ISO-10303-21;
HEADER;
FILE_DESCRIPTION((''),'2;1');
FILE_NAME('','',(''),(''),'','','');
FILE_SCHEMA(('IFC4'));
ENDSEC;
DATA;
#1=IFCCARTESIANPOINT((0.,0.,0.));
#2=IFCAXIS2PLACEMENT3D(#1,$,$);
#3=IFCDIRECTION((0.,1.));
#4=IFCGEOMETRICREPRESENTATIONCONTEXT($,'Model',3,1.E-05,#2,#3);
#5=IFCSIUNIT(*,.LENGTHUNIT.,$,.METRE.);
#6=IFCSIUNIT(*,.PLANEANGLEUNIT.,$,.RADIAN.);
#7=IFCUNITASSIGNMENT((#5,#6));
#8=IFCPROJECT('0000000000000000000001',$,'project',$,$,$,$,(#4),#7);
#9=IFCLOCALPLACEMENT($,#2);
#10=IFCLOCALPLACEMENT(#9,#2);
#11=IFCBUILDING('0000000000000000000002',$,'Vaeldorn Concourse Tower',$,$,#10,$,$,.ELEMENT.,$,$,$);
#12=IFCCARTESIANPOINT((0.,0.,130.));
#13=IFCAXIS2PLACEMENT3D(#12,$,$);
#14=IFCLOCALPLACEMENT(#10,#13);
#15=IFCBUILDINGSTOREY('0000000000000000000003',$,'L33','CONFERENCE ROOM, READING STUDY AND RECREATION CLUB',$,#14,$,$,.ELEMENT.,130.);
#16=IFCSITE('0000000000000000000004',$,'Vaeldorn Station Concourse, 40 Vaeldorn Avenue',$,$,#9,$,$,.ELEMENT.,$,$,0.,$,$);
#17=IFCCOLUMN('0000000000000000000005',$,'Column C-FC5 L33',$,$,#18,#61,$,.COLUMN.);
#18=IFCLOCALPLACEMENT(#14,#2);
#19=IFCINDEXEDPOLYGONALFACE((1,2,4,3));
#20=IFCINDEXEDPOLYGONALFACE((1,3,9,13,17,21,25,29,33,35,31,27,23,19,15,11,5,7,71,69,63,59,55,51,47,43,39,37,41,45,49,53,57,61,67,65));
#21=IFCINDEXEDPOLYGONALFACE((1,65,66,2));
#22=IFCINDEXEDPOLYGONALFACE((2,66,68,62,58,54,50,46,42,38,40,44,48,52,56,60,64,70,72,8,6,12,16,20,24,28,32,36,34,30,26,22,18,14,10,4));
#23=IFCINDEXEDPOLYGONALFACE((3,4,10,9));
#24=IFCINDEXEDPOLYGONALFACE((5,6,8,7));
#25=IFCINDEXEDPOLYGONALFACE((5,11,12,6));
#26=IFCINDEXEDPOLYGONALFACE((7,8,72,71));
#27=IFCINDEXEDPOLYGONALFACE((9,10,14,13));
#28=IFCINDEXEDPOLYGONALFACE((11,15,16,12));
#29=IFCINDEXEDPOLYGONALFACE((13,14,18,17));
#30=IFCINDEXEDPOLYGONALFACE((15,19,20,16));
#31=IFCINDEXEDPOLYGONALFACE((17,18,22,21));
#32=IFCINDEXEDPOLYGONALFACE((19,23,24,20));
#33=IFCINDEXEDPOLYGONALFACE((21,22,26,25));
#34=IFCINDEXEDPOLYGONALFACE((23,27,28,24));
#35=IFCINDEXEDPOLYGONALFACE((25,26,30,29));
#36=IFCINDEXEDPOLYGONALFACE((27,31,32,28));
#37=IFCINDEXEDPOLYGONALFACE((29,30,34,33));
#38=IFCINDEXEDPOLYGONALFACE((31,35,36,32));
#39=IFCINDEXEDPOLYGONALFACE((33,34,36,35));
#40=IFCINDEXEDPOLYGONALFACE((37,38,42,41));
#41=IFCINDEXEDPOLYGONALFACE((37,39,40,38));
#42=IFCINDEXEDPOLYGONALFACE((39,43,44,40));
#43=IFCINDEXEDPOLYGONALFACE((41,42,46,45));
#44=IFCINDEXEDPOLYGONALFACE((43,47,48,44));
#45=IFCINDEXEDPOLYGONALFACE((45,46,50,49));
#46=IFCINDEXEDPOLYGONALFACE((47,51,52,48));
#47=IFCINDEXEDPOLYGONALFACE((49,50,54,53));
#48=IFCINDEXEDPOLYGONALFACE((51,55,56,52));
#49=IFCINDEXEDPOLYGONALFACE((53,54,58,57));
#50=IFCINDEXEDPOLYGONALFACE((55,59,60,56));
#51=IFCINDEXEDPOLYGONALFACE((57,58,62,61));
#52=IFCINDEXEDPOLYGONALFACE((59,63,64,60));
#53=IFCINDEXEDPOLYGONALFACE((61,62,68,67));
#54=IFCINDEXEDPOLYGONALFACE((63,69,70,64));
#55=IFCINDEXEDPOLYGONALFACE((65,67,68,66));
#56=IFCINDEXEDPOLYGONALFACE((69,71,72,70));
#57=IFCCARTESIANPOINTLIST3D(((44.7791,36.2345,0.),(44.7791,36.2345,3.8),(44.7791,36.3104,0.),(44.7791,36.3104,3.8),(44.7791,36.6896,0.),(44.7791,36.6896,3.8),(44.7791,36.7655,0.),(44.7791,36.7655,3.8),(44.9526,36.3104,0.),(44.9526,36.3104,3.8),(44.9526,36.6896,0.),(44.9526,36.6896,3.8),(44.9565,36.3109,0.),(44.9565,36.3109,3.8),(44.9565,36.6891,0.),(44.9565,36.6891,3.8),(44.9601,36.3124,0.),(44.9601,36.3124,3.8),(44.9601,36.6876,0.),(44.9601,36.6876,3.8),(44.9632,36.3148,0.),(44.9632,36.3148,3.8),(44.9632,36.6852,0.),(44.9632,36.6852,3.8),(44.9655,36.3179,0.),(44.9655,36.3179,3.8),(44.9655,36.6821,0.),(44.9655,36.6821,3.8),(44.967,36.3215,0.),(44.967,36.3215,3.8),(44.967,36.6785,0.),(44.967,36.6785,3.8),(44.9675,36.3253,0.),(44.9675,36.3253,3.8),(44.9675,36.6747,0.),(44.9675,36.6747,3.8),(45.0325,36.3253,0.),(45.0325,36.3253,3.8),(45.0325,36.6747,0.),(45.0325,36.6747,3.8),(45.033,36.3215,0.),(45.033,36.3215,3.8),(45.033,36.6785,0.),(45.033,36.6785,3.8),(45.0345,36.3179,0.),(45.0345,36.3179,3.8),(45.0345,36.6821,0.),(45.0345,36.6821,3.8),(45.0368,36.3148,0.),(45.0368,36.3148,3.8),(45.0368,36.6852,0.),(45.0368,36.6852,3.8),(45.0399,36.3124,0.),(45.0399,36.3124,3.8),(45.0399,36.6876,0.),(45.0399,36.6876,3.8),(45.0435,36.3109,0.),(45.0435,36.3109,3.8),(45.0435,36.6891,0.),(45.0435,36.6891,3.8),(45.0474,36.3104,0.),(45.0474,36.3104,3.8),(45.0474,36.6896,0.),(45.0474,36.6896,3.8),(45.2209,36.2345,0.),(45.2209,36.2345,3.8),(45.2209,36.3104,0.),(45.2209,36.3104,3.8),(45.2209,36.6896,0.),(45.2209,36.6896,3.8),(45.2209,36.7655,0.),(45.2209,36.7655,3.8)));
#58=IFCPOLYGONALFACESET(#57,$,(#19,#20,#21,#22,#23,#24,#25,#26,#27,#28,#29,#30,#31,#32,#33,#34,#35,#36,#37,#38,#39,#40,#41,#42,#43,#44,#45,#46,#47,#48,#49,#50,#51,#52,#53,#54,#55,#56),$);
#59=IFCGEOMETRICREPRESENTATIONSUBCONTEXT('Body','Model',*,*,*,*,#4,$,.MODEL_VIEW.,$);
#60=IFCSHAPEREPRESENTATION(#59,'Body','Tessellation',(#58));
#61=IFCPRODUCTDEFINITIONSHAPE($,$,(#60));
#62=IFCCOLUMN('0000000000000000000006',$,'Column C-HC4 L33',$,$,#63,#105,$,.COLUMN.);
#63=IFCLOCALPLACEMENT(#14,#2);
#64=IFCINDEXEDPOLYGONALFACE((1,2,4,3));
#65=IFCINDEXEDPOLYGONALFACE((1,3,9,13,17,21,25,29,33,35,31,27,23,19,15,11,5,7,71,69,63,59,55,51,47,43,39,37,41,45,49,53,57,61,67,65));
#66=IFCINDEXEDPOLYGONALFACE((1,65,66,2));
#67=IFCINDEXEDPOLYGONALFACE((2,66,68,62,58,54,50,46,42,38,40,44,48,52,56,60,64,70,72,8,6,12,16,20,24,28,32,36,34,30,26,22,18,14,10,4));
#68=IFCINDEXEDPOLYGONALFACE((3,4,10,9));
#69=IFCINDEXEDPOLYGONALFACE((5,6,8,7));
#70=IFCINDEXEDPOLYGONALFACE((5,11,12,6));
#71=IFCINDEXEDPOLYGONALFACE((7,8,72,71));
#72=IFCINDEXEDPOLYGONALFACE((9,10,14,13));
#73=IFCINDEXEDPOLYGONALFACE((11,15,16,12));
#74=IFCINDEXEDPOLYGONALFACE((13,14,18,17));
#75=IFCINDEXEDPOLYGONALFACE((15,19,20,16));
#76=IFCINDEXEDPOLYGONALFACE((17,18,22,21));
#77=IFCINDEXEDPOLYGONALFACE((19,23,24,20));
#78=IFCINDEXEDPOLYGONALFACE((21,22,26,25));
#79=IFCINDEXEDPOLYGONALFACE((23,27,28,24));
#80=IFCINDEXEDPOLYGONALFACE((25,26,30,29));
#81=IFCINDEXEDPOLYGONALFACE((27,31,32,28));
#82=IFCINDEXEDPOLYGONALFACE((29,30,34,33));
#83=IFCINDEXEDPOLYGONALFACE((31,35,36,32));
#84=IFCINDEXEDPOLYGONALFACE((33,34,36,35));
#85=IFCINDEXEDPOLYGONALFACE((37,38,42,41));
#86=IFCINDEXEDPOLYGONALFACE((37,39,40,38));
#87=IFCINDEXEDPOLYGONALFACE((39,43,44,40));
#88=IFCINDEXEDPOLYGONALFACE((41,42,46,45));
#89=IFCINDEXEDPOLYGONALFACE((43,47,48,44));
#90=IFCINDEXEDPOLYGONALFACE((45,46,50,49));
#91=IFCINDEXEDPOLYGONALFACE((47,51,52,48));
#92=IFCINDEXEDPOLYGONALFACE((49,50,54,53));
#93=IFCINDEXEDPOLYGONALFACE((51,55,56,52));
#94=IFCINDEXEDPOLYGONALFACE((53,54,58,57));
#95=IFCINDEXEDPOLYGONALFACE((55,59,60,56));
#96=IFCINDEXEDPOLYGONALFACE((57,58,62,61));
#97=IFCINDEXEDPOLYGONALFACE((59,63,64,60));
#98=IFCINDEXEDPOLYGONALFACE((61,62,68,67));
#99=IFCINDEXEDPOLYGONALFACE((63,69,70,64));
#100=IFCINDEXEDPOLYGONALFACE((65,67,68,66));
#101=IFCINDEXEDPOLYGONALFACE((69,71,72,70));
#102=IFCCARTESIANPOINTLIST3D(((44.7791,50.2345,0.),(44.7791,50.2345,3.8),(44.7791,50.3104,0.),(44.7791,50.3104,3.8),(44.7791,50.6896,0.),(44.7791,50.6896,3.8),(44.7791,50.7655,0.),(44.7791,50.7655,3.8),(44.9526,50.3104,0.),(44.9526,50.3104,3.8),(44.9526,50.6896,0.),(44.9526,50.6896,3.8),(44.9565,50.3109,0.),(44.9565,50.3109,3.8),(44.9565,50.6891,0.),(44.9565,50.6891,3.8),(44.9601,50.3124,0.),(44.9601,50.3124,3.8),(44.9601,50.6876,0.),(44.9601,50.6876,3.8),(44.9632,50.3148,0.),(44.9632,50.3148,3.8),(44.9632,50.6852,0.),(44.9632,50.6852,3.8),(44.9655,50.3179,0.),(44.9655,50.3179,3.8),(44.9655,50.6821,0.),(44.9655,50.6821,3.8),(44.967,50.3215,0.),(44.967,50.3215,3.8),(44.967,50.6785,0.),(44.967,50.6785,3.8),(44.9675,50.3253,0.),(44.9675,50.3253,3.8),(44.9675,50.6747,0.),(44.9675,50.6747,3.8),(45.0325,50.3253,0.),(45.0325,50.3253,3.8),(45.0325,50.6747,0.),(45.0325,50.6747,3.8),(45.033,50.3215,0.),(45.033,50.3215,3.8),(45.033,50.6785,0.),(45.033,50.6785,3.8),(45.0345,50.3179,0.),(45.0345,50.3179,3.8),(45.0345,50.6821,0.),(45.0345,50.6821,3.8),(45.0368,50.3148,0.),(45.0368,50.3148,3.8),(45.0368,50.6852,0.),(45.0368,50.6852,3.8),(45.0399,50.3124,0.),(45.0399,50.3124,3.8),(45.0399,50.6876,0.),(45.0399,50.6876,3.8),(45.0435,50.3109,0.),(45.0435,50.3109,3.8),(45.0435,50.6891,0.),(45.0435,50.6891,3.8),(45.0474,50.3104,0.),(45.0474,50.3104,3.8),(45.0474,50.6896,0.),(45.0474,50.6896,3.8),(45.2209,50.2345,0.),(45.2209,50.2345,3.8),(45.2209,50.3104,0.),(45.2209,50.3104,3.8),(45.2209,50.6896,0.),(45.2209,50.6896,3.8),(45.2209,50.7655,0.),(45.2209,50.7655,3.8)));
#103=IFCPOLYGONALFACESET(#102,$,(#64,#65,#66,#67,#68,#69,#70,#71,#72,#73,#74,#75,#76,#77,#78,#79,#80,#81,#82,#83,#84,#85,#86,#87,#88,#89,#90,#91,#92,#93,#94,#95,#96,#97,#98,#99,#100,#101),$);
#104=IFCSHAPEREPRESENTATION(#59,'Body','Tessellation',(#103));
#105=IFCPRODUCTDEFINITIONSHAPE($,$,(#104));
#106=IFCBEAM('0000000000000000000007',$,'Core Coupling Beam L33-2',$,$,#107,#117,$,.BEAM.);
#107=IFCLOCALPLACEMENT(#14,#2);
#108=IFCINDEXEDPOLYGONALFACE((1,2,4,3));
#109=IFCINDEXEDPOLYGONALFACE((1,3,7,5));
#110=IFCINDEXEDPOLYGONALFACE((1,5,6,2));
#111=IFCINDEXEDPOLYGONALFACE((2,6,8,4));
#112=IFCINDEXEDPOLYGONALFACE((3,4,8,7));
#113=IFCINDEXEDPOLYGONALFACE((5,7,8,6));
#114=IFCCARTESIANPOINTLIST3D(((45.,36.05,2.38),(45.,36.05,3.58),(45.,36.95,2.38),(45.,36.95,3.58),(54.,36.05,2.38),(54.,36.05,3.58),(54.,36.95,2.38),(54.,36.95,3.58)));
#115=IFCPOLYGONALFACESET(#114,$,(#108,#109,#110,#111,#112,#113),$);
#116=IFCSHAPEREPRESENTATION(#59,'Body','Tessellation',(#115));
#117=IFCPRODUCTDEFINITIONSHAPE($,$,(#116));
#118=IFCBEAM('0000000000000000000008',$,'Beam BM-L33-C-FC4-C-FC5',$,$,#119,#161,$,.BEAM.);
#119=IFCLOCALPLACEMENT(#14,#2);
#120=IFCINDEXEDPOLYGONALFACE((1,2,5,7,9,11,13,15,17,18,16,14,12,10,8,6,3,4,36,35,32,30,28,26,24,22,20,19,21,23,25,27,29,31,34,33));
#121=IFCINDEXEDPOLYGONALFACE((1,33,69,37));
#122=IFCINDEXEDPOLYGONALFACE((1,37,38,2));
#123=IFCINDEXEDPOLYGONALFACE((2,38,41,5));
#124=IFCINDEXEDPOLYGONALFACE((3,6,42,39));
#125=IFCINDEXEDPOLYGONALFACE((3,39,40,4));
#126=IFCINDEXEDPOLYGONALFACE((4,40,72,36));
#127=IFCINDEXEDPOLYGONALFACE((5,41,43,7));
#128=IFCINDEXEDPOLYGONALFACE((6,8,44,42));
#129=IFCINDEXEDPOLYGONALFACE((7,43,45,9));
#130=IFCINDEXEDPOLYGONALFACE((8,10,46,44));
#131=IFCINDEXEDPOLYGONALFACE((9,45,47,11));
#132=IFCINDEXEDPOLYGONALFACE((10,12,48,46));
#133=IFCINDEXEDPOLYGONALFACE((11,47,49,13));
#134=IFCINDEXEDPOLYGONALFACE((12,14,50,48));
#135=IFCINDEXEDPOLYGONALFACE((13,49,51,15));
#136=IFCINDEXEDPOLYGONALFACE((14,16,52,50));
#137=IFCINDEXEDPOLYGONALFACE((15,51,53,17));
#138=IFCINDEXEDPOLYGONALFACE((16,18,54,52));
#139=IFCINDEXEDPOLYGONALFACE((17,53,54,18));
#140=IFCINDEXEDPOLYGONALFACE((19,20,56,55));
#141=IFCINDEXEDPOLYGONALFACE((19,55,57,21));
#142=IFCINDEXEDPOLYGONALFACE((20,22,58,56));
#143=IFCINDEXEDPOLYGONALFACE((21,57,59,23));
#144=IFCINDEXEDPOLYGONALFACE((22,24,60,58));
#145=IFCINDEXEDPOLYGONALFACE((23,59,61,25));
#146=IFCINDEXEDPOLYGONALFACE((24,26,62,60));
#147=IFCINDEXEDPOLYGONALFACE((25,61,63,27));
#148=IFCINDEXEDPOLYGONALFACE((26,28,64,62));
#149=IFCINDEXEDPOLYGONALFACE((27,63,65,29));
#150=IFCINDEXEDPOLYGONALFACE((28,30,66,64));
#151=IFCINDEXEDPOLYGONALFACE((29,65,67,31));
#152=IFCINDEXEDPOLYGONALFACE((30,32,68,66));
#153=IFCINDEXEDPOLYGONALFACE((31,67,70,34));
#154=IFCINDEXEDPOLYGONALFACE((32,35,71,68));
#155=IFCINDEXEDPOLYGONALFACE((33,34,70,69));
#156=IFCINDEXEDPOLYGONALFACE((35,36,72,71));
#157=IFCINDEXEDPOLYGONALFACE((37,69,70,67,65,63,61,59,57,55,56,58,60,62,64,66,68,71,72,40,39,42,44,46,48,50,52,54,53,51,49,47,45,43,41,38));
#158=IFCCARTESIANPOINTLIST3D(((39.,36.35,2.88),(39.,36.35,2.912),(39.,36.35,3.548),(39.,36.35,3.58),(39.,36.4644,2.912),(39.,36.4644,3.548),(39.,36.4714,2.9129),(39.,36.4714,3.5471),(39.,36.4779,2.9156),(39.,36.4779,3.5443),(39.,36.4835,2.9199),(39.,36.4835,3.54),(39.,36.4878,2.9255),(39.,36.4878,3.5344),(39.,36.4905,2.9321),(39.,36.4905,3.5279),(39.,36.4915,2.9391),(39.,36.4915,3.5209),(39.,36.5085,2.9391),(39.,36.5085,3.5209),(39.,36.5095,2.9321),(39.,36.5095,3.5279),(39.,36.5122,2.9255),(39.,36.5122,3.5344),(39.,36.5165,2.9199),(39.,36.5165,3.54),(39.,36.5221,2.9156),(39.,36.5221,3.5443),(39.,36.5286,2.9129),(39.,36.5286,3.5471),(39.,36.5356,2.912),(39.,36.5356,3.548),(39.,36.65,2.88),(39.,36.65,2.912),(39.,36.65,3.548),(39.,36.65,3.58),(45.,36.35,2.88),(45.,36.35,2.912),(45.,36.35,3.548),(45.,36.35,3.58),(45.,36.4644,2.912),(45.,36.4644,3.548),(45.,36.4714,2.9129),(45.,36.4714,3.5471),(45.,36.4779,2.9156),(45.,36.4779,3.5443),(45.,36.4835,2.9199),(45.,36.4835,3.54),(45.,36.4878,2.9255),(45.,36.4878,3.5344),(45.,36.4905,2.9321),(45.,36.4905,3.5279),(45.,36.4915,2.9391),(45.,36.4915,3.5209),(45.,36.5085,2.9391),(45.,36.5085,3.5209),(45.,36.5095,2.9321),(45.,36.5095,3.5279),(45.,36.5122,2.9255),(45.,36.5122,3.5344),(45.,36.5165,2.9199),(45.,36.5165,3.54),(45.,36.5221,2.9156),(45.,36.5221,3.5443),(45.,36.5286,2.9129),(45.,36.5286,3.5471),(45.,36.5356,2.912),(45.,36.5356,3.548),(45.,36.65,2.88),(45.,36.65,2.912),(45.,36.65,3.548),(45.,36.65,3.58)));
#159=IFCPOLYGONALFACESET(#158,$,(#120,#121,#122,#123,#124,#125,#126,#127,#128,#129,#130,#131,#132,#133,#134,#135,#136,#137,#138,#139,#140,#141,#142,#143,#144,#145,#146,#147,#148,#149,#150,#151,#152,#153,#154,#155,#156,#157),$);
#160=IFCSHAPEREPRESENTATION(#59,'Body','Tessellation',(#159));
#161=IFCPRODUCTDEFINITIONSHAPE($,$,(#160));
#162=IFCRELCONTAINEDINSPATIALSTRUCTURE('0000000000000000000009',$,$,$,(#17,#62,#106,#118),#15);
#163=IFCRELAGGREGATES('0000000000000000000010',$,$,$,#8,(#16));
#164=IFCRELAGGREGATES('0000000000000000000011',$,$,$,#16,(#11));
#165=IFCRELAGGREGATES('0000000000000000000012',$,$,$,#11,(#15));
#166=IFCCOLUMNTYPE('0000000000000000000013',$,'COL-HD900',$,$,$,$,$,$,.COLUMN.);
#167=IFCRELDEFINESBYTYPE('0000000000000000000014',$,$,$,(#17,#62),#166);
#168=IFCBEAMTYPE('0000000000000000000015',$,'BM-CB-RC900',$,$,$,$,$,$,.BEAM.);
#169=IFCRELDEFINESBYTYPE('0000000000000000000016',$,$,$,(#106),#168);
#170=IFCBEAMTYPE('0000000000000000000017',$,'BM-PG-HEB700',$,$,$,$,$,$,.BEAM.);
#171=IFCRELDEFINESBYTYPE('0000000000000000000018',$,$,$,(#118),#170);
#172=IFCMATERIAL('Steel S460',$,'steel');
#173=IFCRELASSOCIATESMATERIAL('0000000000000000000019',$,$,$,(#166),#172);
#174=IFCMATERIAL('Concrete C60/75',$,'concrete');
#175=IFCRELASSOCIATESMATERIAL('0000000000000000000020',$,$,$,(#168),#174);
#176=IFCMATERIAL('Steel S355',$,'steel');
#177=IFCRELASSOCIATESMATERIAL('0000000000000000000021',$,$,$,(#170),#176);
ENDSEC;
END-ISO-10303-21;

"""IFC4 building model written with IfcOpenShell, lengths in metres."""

from ifc_helpers import new_model, si_unit, direction, frame, origin, origin_2d, place, context, subcontext, project, spatial, rectangle, i_section, extrude, source, transform, mapped, material, material_profile, profile_set, type_object, element, save


model = new_model("IFC4")

# Units and contexts
model_context = context("Model", 3, precision=1e-05, world=origin(), true_north=direction((0.0, 1.0)))
body_context = subcontext(model_context, "Body", "Model", "MODEL_VIEW")
ifc_project = project(units=[si_unit("LENGTHUNIT", "METRE"), si_unit("PLANEANGLEUNIT", "RADIAN")], contexts=[model_context])

# Site, building, storey
site_placement = place(None, origin())
site = spatial("IfcSite", under=ifc_project, at=site_placement, Name="Vaeldorn Station Concourse, 40 Vaeldorn Avenue", CompositionType="ELEMENT", RefElevation=0.0)
building_placement = place(site_placement, origin())
building = spatial("IfcBuilding", under=site, at=building_placement, Name="Vaeldorn Concourse Tower", CompositionType="ELEMENT")
storey_placement = place(building_placement, frame((0.0, 0.0, 130.0)))
storey = spatial("IfcBuildingStorey", under=building, at=storey_placement, Name="L33", Description="CONFERENCE ROOM, READING STUDY AND RECREATION CLUB", CompositionType="ELEMENT", Elevation=130.0)

# Columns
ifc_material_1 = material(Name="Steel S460", Category="steel")
ifc_material_profile_1 = material_profile(ifc_material_1, i_section(OverallWidth=0.4419, OverallDepth=0.531, WebThickness=0.0649, FlangeThickness=0.0759, FilletRadius=0.0149, at=origin_2d()), Name="HD 400x900")
ifc_profile_set_1 = profile_set([ifc_material_profile_1], Name="Steel S460")
column_type = type_object("IfcColumnType", Name="COL-HD900", PredefinedType="COLUMN", material=ifc_profile_set_1)
shared_shape_1 = source(origin(), body_context, "Body", "SweptSolid", [
    extrude(i_section(OverallWidth=0.4419, OverallDepth=0.531, WebThickness=0.0649, FlangeThickness=0.0759, FilletRadius=0.0149, at=origin_2d()), origin(), (0.0, 0.0, 1.0), 3.8),
])
for number, where, z_axis, x_axis, name in (
    (1, (45.0, 36.5, 0.0), (0.0, 0.0, 1.0), (1.0, 0.0, 0.0), "Column C-FC5 L33"),
    (2, (45.0, 50.5, 0.0), (0.0, 0.0, 1.0), (1.0, 0.0, 0.0), "Column C-HC4 L33"),
):
    element("IfcColumn", number, at=place(storey_placement, frame(where, z_axis=z_axis, x_axis=x_axis)), inside=storey, type_object=column_type, Name=name, PredefinedType="COLUMN", context=body_context, shape_type="MappedRepresentation", body=[
        mapped(shared_shape_1, transform((0.0, 0.0, 0.0), scale=1.0)),
    ])

# Beams
ifc_material_2 = material(Name="Concrete C60/75", Category="concrete")
ifc_material_profile_2 = material_profile(ifc_material_2, rectangle(XDim=0.8999, YDim=1.2, at=origin_2d()), Name="RC 900x1200")
ifc_profile_set_2 = profile_set([ifc_material_profile_2], Name="Concrete C60/75")
beam_type_1 = type_object("IfcBeamType", Name="BM-CB-RC900", PredefinedType="BEAM", material=ifc_profile_set_2)
shared_shape_2 = source(origin(), body_context, "Body", "SweptSolid", [
    extrude(rectangle(XDim=0.8999, YDim=1.2, at=origin_2d()), origin(), (0.0, 0.0, 1.0), 9.0),
])
beam_1_placement = place(storey_placement, frame((45.0, 36.5, 2.98), z_axis=(1.0, 0.0, 0.0), x_axis=(0.0, 1.0, 0.0)))
element("IfcBeam", 3, at=beam_1_placement, inside=storey, type_object=beam_type_1, Name="Core Coupling Beam L33-2", PredefinedType="BEAM", context=body_context, shape_type="MappedRepresentation", body=[
    mapped(shared_shape_2, transform((0.0, 0.0, 0.0), scale=1.0)),
])
ifc_material_3 = material(Name="Steel S355", Category="steel")
ifc_material_profile_3 = material_profile(ifc_material_3, i_section(OverallWidth=0.3, OverallDepth=0.7, WebThickness=0.0171, FlangeThickness=0.032, FilletRadius=0.0271, at=origin_2d()), Name="HEB 700")
ifc_profile_set_3 = profile_set([ifc_material_profile_3], Name="Steel S355")
beam_type_2 = type_object("IfcBeamType", Name="BM-PG-HEB700", PredefinedType="BEAM", material=ifc_profile_set_3)
shared_shape_3 = source(origin(), body_context, "Body", "SweptSolid", [
    extrude(i_section(OverallWidth=0.3, OverallDepth=0.7, WebThickness=0.0171, FlangeThickness=0.032, FilletRadius=0.0271, at=origin_2d()), origin(), (0.0, 0.0, 1.0), 6.0),
])
beam_2_placement = place(storey_placement, frame((39.0, 36.5, 3.23), z_axis=(1.0, 0.0, 0.0), x_axis=(0.0, 1.0, 0.0)))
element("IfcBeam", 4, at=beam_2_placement, inside=storey, type_object=beam_type_2, Name="Beam BM-L33-C-FC4-C-FC5", PredefinedType="BEAM", context=body_context, shape_type="MappedRepresentation", body=[
    mapped(shared_shape_3, transform((0.0, 0.0, 0.0), scale=1.0)),
])

save(model, "model.ifc")
